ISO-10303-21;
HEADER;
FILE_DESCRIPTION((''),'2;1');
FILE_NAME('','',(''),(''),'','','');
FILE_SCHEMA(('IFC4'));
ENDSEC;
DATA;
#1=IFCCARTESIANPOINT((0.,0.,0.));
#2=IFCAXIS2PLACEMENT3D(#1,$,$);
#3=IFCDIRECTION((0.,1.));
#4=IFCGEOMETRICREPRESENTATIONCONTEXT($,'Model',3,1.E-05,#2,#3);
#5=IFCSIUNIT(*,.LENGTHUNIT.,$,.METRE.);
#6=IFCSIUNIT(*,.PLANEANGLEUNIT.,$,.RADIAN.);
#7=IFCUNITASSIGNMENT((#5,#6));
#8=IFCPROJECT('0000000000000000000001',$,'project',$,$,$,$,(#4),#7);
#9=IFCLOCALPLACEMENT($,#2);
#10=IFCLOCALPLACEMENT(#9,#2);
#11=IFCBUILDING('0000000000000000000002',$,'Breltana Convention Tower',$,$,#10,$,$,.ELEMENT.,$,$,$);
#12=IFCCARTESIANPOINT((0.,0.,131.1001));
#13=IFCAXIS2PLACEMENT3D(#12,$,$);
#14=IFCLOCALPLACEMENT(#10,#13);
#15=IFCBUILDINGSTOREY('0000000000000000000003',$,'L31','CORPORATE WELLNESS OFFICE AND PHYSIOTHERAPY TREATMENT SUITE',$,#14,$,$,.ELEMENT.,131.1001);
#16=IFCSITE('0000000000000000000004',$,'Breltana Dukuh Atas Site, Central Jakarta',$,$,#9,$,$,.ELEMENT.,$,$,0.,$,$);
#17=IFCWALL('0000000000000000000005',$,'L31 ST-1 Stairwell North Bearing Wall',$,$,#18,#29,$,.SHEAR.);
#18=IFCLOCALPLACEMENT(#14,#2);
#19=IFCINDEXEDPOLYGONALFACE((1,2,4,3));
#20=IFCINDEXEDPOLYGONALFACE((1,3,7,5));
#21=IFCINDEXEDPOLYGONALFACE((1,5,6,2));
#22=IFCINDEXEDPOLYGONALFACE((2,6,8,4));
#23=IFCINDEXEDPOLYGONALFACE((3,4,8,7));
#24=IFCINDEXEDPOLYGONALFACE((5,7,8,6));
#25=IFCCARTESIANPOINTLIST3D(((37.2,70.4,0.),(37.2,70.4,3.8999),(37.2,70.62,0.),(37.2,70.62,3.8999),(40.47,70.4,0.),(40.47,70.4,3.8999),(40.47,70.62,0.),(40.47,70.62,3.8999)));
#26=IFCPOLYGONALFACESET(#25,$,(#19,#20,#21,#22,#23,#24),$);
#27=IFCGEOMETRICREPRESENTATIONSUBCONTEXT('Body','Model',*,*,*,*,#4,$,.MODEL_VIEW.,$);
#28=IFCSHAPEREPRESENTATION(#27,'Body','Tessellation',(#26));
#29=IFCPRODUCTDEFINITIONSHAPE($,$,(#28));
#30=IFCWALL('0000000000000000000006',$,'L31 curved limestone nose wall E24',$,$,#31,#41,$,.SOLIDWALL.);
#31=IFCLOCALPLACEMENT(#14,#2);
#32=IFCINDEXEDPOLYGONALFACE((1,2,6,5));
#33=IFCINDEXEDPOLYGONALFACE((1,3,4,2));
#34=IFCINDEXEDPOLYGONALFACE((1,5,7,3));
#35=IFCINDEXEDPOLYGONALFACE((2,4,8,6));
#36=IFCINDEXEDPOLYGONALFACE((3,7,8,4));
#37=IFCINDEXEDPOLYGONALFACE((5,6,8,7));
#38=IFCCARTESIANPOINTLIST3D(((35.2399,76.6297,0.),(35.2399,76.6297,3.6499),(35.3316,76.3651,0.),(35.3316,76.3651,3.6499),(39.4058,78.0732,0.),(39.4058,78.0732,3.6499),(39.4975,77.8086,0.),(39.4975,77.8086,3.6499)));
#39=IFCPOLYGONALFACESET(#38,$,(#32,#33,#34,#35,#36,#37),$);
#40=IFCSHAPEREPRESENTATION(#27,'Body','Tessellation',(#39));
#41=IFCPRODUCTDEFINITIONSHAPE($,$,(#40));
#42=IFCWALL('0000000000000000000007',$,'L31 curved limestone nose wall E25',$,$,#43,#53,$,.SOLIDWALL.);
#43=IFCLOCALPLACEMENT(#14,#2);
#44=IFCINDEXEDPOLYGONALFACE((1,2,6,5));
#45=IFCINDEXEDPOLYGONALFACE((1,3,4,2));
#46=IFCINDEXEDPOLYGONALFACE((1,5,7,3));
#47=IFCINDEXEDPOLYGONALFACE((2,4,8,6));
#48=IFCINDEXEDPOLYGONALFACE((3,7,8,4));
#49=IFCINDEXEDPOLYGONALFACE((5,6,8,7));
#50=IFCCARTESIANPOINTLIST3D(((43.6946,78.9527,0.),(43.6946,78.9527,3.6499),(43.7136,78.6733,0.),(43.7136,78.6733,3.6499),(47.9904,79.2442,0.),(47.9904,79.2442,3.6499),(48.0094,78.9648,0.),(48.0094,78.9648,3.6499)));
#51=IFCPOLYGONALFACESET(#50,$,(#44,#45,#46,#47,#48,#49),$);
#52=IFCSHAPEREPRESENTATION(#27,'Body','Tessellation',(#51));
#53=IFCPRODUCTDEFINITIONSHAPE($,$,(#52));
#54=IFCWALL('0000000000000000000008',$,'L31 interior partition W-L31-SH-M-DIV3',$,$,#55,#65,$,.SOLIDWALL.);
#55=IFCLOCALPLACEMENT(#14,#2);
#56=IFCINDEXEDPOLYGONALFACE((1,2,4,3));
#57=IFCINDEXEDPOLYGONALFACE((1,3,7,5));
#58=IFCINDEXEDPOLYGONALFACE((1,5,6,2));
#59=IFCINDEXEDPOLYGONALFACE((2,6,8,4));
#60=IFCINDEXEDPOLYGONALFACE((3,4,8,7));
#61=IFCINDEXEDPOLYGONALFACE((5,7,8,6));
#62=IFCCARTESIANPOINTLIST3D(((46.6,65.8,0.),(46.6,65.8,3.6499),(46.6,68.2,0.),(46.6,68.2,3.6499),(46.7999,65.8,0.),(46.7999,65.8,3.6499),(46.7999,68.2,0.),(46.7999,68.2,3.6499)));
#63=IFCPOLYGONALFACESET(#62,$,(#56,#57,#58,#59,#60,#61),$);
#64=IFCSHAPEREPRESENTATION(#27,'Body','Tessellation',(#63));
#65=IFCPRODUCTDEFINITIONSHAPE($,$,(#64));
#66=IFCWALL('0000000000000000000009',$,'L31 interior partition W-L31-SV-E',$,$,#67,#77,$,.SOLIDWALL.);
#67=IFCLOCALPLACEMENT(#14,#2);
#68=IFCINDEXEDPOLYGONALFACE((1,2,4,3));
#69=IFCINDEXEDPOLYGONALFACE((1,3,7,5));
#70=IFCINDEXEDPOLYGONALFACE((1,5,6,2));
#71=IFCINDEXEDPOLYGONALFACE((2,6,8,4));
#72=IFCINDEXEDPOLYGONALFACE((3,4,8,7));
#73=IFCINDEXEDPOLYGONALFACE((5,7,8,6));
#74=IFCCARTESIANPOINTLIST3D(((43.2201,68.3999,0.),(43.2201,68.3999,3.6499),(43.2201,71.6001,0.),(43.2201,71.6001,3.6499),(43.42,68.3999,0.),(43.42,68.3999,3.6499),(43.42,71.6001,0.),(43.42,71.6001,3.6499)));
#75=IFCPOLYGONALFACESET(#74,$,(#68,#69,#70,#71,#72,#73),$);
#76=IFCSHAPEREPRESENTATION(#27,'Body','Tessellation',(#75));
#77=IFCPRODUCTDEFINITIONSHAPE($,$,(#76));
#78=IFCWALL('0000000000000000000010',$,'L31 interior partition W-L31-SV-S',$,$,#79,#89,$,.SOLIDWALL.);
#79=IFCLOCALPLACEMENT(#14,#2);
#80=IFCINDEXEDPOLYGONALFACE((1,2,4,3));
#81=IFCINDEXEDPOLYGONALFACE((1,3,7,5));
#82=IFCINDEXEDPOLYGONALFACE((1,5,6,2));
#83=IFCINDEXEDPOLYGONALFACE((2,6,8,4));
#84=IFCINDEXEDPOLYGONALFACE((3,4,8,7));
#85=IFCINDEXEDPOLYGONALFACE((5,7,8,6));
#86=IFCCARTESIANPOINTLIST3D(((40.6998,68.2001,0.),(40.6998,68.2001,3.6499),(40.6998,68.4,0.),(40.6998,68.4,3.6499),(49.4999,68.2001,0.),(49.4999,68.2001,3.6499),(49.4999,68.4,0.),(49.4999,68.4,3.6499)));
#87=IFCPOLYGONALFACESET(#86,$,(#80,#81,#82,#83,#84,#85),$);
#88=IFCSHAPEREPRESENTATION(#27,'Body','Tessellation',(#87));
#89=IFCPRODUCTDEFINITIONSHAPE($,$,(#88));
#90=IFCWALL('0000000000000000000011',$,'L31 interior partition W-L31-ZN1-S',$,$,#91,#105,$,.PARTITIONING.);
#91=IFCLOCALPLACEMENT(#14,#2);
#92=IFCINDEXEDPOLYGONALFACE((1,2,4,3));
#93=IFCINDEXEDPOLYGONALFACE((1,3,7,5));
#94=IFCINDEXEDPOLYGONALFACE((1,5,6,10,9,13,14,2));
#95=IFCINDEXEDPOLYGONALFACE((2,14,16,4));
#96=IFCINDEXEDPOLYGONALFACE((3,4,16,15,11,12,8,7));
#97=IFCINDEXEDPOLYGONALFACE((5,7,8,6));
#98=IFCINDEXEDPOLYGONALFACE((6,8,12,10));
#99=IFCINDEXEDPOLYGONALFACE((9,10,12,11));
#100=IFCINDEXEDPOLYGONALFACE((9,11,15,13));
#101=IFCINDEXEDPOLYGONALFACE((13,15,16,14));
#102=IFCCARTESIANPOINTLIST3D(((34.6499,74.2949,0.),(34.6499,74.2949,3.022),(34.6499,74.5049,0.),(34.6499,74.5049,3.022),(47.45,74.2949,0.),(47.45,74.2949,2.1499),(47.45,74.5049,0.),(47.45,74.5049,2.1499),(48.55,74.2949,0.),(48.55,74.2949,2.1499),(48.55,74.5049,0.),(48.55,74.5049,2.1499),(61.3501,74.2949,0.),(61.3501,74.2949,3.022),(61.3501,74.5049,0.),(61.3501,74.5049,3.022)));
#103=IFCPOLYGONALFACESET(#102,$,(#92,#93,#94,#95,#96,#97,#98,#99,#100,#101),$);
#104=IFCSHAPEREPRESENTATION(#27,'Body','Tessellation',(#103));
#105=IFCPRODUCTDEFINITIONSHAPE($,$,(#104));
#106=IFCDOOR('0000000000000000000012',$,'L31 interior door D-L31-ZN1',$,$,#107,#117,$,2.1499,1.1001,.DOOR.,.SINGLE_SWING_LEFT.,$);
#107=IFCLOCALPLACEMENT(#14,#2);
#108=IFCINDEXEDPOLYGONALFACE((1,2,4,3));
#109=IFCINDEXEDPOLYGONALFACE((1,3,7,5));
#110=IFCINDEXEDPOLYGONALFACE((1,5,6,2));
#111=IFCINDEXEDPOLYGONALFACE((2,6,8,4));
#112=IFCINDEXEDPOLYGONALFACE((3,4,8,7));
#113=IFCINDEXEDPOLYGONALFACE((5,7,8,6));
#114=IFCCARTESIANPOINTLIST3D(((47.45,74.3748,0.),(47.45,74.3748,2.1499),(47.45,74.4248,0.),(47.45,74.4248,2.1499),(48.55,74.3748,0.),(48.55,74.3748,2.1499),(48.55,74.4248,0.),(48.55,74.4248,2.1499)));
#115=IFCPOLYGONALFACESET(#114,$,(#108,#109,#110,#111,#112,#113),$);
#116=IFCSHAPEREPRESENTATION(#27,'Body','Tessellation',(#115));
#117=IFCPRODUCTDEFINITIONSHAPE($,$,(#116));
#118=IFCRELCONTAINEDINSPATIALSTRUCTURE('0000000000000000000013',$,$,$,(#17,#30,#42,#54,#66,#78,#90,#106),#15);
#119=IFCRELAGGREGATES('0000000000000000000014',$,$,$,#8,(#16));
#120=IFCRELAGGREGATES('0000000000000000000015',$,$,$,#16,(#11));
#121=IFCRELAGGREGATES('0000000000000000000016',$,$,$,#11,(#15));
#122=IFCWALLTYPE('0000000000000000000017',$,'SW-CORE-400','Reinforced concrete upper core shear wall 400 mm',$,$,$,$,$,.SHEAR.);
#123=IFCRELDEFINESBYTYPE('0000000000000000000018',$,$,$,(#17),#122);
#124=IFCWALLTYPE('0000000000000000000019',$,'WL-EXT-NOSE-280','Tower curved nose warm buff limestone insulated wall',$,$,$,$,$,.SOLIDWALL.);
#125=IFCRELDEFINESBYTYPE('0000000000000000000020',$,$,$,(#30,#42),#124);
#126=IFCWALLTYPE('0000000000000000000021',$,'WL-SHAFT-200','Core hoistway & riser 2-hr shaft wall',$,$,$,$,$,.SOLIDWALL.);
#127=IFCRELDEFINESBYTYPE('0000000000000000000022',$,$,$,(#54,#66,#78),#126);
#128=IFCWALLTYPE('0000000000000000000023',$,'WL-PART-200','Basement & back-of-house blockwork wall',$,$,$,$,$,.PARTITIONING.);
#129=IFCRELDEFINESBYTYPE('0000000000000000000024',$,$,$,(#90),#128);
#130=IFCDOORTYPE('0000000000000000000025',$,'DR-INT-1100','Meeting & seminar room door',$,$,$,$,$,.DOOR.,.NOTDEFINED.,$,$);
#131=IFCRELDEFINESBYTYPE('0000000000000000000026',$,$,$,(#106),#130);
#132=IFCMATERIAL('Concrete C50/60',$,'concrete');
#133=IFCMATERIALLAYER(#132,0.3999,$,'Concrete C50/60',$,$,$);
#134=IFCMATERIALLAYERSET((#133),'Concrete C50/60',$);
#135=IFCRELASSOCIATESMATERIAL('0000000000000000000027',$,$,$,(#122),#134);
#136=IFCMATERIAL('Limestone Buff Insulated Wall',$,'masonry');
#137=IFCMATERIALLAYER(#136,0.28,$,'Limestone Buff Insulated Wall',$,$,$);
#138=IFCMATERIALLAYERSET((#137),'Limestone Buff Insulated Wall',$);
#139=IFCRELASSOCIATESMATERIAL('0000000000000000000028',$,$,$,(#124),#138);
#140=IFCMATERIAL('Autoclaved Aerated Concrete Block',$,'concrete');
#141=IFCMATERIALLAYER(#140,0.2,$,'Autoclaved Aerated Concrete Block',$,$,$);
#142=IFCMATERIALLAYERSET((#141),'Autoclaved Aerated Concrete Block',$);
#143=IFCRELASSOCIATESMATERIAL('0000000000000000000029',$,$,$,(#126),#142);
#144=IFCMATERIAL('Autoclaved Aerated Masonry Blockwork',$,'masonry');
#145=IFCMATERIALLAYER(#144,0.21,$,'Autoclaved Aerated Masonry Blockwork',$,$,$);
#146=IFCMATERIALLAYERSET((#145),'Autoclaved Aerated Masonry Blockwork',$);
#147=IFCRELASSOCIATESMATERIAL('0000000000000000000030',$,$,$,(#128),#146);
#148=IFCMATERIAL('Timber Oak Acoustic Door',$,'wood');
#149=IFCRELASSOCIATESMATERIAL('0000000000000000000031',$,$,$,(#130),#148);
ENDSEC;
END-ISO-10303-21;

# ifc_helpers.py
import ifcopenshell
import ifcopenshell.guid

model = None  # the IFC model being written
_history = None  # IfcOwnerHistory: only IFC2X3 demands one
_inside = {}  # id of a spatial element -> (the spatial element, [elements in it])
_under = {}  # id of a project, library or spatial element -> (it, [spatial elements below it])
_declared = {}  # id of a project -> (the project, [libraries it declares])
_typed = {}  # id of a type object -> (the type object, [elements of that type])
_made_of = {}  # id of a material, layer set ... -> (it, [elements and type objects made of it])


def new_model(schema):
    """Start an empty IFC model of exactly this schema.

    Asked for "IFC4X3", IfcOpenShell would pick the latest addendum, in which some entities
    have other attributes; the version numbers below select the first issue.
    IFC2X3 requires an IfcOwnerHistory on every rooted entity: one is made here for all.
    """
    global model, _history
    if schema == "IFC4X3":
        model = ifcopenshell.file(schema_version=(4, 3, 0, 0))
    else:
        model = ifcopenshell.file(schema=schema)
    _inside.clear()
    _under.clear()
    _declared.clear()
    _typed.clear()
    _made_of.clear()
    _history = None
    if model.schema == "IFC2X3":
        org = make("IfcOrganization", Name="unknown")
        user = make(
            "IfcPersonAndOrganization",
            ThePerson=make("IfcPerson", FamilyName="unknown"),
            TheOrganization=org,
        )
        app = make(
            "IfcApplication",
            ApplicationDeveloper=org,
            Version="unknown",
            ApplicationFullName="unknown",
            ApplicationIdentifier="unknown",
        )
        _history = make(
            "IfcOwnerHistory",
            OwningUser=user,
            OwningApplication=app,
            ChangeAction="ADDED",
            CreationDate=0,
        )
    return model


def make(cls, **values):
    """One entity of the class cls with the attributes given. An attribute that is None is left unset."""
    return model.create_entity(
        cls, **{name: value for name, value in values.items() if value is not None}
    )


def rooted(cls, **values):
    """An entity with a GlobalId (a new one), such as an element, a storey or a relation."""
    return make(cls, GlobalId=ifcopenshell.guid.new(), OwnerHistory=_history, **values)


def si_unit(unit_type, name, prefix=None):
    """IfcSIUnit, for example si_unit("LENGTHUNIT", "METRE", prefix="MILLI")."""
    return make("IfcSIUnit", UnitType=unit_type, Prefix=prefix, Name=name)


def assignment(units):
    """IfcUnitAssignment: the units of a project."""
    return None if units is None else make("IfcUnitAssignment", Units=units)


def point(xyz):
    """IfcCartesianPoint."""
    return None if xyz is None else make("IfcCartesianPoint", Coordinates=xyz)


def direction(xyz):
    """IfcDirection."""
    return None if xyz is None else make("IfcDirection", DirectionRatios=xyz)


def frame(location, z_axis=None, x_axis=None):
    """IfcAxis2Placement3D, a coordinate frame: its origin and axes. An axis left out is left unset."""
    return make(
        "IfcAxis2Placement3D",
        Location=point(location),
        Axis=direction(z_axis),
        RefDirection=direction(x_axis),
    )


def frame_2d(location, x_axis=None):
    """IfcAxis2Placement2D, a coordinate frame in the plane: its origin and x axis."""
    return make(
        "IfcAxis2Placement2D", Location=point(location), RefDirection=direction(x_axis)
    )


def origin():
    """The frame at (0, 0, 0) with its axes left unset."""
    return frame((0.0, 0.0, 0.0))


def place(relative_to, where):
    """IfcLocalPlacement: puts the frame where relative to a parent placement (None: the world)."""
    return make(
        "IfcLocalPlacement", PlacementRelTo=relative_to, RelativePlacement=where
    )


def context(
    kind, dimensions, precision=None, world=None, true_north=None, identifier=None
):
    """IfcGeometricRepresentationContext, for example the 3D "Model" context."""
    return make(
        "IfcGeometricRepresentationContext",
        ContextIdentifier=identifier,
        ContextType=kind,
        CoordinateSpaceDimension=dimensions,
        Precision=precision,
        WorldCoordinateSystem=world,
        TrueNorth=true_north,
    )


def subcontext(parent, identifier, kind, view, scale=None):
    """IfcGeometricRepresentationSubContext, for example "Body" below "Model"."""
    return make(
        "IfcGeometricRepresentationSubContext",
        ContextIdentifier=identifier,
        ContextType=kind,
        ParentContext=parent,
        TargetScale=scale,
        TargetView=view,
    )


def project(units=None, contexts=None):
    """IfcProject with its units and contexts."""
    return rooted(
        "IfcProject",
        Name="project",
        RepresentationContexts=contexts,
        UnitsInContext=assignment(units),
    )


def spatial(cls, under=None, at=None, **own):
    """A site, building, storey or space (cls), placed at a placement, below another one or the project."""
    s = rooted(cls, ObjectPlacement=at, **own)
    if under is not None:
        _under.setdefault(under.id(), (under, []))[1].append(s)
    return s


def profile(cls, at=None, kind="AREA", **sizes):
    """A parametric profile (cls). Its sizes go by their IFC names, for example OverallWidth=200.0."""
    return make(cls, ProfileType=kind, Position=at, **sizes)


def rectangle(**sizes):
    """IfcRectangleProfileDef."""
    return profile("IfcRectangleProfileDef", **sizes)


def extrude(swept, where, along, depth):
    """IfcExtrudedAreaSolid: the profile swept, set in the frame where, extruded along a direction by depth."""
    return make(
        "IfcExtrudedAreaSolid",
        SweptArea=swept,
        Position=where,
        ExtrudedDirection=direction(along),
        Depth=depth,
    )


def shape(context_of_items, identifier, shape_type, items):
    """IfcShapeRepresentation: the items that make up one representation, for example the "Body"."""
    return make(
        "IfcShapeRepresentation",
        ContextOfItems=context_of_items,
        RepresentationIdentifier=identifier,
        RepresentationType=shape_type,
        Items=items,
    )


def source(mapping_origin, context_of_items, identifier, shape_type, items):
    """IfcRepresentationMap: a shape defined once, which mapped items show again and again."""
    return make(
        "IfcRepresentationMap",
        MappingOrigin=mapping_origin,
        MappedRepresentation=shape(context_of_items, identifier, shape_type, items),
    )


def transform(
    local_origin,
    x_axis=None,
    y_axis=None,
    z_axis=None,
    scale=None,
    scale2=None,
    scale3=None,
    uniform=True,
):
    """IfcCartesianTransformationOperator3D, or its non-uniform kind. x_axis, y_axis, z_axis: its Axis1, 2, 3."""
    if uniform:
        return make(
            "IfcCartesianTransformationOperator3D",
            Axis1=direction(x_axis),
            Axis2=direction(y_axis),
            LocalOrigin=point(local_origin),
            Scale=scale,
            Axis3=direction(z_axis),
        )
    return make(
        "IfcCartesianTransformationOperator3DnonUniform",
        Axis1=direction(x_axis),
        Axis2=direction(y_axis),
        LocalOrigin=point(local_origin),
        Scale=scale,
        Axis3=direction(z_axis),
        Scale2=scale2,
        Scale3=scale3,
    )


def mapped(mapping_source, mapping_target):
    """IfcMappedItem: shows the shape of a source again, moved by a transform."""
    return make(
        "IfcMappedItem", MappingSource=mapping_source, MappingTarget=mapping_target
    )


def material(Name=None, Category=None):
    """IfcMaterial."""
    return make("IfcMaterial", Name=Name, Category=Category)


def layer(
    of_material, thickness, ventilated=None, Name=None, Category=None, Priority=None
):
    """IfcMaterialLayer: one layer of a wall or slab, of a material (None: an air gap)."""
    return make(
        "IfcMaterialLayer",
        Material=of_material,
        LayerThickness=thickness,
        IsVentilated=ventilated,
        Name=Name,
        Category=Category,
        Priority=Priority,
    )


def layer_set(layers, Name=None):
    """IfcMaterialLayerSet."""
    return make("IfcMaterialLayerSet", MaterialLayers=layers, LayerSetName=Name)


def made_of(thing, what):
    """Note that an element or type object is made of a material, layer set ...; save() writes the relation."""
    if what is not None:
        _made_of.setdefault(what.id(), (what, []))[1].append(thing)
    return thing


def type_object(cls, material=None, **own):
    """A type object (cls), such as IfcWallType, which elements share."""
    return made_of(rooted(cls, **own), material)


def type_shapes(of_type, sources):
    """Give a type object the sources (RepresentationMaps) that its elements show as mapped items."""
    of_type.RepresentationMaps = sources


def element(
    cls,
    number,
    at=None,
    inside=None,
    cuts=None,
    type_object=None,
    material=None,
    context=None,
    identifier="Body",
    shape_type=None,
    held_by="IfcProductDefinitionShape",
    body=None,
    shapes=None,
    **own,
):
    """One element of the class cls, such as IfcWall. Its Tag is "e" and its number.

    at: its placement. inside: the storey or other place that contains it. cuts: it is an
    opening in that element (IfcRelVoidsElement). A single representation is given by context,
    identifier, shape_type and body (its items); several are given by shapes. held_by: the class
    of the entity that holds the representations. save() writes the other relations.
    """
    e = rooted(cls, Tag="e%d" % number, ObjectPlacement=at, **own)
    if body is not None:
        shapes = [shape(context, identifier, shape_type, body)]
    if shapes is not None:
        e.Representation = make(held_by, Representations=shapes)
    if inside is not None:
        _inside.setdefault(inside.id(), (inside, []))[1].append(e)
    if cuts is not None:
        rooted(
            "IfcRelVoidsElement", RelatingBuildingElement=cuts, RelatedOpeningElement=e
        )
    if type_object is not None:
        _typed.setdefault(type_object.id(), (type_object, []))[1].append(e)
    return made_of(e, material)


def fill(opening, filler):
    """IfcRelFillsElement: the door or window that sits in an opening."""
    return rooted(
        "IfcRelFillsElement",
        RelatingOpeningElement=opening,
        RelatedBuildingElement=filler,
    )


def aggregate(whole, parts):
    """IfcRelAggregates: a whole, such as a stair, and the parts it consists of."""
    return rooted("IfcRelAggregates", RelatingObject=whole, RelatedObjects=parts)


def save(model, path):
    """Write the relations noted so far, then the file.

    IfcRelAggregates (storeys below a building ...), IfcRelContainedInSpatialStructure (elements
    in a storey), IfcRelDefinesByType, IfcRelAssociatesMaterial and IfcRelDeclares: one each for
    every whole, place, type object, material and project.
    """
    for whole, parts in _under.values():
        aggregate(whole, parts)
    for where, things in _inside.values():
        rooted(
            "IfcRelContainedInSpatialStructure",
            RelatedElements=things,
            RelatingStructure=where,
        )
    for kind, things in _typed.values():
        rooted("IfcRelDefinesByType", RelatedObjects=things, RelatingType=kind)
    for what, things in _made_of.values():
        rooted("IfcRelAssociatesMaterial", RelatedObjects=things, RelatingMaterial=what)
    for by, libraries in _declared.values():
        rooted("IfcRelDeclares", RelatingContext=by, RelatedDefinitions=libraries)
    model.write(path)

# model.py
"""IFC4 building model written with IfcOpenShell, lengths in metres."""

from ifc_helpers import new_model, si_unit, direction, frame, frame_2d, origin, place, context, subcontext, project, spatial, rectangle, extrude, source, transform, mapped, material, layer, layer_set, type_object, type_shapes, element, fill, save


model = new_model("IFC4")

# Units and contexts
model_context = context("Model", 3, precision=1e-05, world=origin(), true_north=direction((0.0, 1.0)))
body_context = subcontext(model_context, "Body", "Model", "MODEL_VIEW")
ifc_project = project(units=[si_unit("LENGTHUNIT", "METRE"), si_unit("PLANEANGLEUNIT", "RADIAN")], contexts=[model_context])

# Site, building, storey
site_placement = place(None, origin())
site = spatial("IfcSite", under=ifc_project, at=site_placement, Name="Breltana Dukuh Atas Site, Central Jakarta", CompositionType="ELEMENT", RefElevation=0.0)
building_placement = place(site_placement, origin())
building = spatial("IfcBuilding", under=site, at=building_placement, Name="Breltana Convention Tower", CompositionType="ELEMENT")
storey_placement = place(building_placement, frame((0.0, 0.0, 131.1001)))
storey = spatial("IfcBuildingStorey", under=building, at=storey_placement, Name="L31", Description="CORPORATE WELLNESS OFFICE AND PHYSIOTHERAPY TREATMENT SUITE", CompositionType="ELEMENT", Elevation=131.1001)

# Walls
ifc_material_1 = material(Name="Concrete C50/60", Category="concrete")
ifc_layer_1 = layer(ifc_material_1, 0.3999, Name="Concrete C50/60")
ifc_layer_set_1 = layer_set([ifc_layer_1], Name="Concrete C50/60")
wall_type_1 = type_object("IfcWallType", Name="SW-CORE-400", Description="Reinforced concrete upper core shear wall 400 mm", PredefinedType="SHEAR", material=ifc_layer_set_1)
shared_shape_1 = source(origin(), body_context, "Body", "SweptSolid", [
    extrude(rectangle(XDim=3.27, YDim=0.22, at=frame_2d((1.635, 0.0))), origin(), (0.0, 0.0, 1.0), 3.8999),
])
wall_1_placement = place(storey_placement, frame((37.2, 70.51, 0.0), z_axis=(0.0, 0.0, 1.0), x_axis=(1.0, 0.0, 0.0)))
element("IfcWall", 1, at=wall_1_placement, inside=storey, type_object=wall_type_1, Name="L31 ST-1 Stairwell North Bearing Wall", PredefinedType="SHEAR", context=body_context, shape_type="MappedRepresentation", body=[
    mapped(shared_shape_1, transform((0.0, 0.0, 0.0), scale=1.0)),
])
ifc_material_2 = material(Name="Limestone Buff Insulated Wall", Category="masonry")
ifc_layer_2 = layer(ifc_material_2, 0.28, Name="Limestone Buff Insulated Wall")
ifc_layer_set_2 = layer_set([ifc_layer_2], Name="Limestone Buff Insulated Wall")
wall_type_2 = type_object("IfcWallType", Name="WL-EXT-NOSE-280", Description="Tower curved nose warm buff limestone insulated wall", PredefinedType="SOLIDWALL", material=ifc_layer_set_2)
shared_shape_2 = source(origin(), body_context, "Body", "SweptSolid", [
    extrude(rectangle(XDim=4.4089, YDim=0.28, at=frame_2d((2.2046, 0.0))), origin(), (0.0, 0.0, 1.0), 3.6499),
])
wall_2_placement = place(storey_placement, frame((35.2856, 76.4973, 0.0), z_axis=(0.0, 0.0, 1.0), x_axis=(0.944879, 0.327419, 0.0)))
element("IfcWall", 2, at=wall_2_placement, inside=storey, type_object=wall_type_2, Name="L31 curved limestone nose wall E24", PredefinedType="SOLIDWALL", context=body_context, shape_type="MappedRepresentation", body=[
    mapped(shared_shape_2, transform((0.0, 0.0, 0.0), scale=1.0)),
])
shared_shape_3 = source(origin(), body_context, "Body", "SweptSolid", [
    extrude(rectangle(XDim=4.3057, YDim=0.28, at=frame_2d((2.1528, 0.0))), origin(), (0.0, 0.0, 1.0), 3.6499),
])
wall_3_placement = place(storey_placement, frame((43.7041, 78.813, 0.0), z_axis=(0.0, 0.0, 1.0), x_axis=(0.997706, 0.067701, 0.0)))
element("IfcWall", 3, at=wall_3_placement, inside=storey, type_object=wall_type_2, Name="L31 curved limestone nose wall E25", PredefinedType="SOLIDWALL", context=body_context, shape_type="MappedRepresentation", body=[
    mapped(shared_shape_3, transform((0.0, 0.0, 0.0), scale=1.0)),
])
ifc_material_3 = material(Name="Autoclaved Aerated Concrete Block", Category="concrete")
ifc_layer_3 = layer(ifc_material_3, 0.2, Name="Autoclaved Aerated Concrete Block")
ifc_layer_set_3 = layer_set([ifc_layer_3], Name="Autoclaved Aerated Concrete Block")
wall_type_3 = type_object("IfcWallType", Name="WL-SHAFT-200", Description="Core hoistway & riser 2-hr shaft wall", PredefinedType="SOLIDWALL", material=ifc_layer_set_3)
shared_shape_4 = source(origin(), body_context, "Body", "SweptSolid", [
    extrude(rectangle(XDim=2.3999, YDim=0.2, at=frame_2d((1.2, 0.0))), origin(), (0.0, 0.0, 1.0), 3.6499),
])
wall_4_placement = place(storey_placement, frame((46.7, 65.8, 0.0), z_axis=(0.0, 0.0, 1.0), x_axis=(0.0, 1.0, 0.0)))
element("IfcWall", 4, at=wall_4_placement, inside=storey, type_object=wall_type_3, Name="L31 interior partition W-L31-SH-M-DIV3", PredefinedType="SOLIDWALL", context=body_context, shape_type="MappedRepresentation", body=[
    mapped(shared_shape_4, transform((0.0, 0.0, 0.0), scale=1.0)),
])
shared_shape_5 = source(origin(), body_context, "Body", "SweptSolid", [
    extrude(rectangle(XDim=3.2002, YDim=0.2, at=frame_2d((1.6001, 0.0))), origin(), (0.0, 0.0, 1.0), 3.6499),
])
wall_5_placement = place(storey_placement, frame((43.3201, 68.3999, 0.0), z_axis=(0.0, 0.0, 1.0), x_axis=(0.0, 1.0, 0.0)))
element("IfcWall", 5, at=wall_5_placement, inside=storey, type_object=wall_type_3, Name="L31 interior partition W-L31-SV-E", PredefinedType="SOLIDWALL", context=body_context, shape_type="MappedRepresentation", body=[
    mapped(shared_shape_5, transform((0.0, 0.0, 0.0), scale=1.0)),
])
shared_shape_6 = source(origin(), body_context, "Body", "SweptSolid", [
    extrude(rectangle(XDim=8.8, YDim=0.2, at=frame_2d((4.3999, 0.0))), origin(), (0.0, 0.0, 1.0), 3.6499),
])
wall_6_placement = place(storey_placement, frame((40.7, 68.3, 0.0), z_axis=(0.0, 0.0, 1.0), x_axis=(1.0, 0.0, 0.0)))
element("IfcWall", 6, at=wall_6_placement, inside=storey, type_object=wall_type_3, Name="L31 interior partition W-L31-SV-S", PredefinedType="SOLIDWALL", context=body_context, shape_type="MappedRepresentation", body=[
    mapped(shared_shape_6, transform((0.0, 0.0, 0.0), scale=1.0)),
])

# Wall, opening, door
ifc_material_4 = material(Name="Autoclaved Aerated Masonry Blockwork", Category="masonry")
ifc_layer_4 = layer(ifc_material_4, 0.21, Name="Autoclaved Aerated Masonry Blockwork")
ifc_layer_set_4 = layer_set([ifc_layer_4], Name="Autoclaved Aerated Masonry Blockwork")
wall_type_4 = type_object("IfcWallType", Name="WL-PART-200", Description="Basement & back-of-house blockwork wall", PredefinedType="PARTITIONING", material=ifc_layer_set_4)
shared_shape_7 = source(origin(), body_context, "Body", "SweptSolid", [
    extrude(rectangle(XDim=26.7002, YDim=0.21, at=frame_2d((13.3501, 0.0))), origin(), (0.0, 0.0, 1.0), 3.022),
])
wall_7_placement = place(storey_placement, frame((34.6499, 74.3999, 0.0), z_axis=(0.0, 0.0, 1.0), x_axis=(1.0, 0.0, 0.0)))
wall_7 = element("IfcWall", 7, at=wall_7_placement, inside=storey, type_object=wall_type_4, Name="L31 interior partition W-L31-ZN1-S", PredefinedType="PARTITIONING", context=body_context, shape_type="MappedRepresentation", body=[
    mapped(shared_shape_7, transform((0.0, 0.0, 0.0), scale=1.0)),
])
opening_1_placement = place(wall_7_placement, frame((12.8, 0.0, 0.0)))
opening_1 = element("IfcOpeningElement", 8, at=opening_1_placement, cuts=wall_7, PredefinedType="OPENING", context=body_context, shape_type="SweptSolid", body=[
    extrude(rectangle(XDim=1.1001, YDim=2.1499, at=frame_2d((0.55, 1.075))), frame((0.0, 0.115, 0.0), z_axis=(0.0, -1.0, 0.0), x_axis=(1.0, 0.0, 0.0)), (0.0, 0.0, 1.0), 0.23),
])
ifc_material_5 = material(Name="Timber Oak Acoustic Door", Category="wood")
door_type_1 = type_object("IfcDoorType", Name="DR-INT-1100", Description="Meeting & seminar room door", OperationType="NOTDEFINED", PredefinedType="DOOR", material=ifc_material_5)
shared_shape_8 = source(origin(), body_context, "Body", "SweptSolid", [
    extrude(rectangle(XDim=1.1001, YDim=2.1499, at=frame_2d((0.55, 1.075))), frame((0.0, 0.0249, 0.0), z_axis=(0.0, -1.0, 0.0), x_axis=(1.0, 0.0, 0.0)), (0.0, 0.0, 1.0), 0.05),
])
type_shapes(door_type_1, [shared_shape_8])
door_1_placement = place(opening_1_placement, origin())
door_1 = element("IfcDoor", 9, at=door_1_placement, inside=storey, type_object=door_type_1, Name="L31 interior door D-L31-ZN1", OperationType="SINGLE_SWING_LEFT", OverallHeight=2.1499, OverallWidth=1.1001, PredefinedType="DOOR", context=body_context, shape_type="MappedRepresentation", body=[
    mapped(shared_shape_8, transform((0.0, 0.0, 0.0), scale=1.0)),
])
fill(opening_1, door_1)

save(model, "model.ifc")
